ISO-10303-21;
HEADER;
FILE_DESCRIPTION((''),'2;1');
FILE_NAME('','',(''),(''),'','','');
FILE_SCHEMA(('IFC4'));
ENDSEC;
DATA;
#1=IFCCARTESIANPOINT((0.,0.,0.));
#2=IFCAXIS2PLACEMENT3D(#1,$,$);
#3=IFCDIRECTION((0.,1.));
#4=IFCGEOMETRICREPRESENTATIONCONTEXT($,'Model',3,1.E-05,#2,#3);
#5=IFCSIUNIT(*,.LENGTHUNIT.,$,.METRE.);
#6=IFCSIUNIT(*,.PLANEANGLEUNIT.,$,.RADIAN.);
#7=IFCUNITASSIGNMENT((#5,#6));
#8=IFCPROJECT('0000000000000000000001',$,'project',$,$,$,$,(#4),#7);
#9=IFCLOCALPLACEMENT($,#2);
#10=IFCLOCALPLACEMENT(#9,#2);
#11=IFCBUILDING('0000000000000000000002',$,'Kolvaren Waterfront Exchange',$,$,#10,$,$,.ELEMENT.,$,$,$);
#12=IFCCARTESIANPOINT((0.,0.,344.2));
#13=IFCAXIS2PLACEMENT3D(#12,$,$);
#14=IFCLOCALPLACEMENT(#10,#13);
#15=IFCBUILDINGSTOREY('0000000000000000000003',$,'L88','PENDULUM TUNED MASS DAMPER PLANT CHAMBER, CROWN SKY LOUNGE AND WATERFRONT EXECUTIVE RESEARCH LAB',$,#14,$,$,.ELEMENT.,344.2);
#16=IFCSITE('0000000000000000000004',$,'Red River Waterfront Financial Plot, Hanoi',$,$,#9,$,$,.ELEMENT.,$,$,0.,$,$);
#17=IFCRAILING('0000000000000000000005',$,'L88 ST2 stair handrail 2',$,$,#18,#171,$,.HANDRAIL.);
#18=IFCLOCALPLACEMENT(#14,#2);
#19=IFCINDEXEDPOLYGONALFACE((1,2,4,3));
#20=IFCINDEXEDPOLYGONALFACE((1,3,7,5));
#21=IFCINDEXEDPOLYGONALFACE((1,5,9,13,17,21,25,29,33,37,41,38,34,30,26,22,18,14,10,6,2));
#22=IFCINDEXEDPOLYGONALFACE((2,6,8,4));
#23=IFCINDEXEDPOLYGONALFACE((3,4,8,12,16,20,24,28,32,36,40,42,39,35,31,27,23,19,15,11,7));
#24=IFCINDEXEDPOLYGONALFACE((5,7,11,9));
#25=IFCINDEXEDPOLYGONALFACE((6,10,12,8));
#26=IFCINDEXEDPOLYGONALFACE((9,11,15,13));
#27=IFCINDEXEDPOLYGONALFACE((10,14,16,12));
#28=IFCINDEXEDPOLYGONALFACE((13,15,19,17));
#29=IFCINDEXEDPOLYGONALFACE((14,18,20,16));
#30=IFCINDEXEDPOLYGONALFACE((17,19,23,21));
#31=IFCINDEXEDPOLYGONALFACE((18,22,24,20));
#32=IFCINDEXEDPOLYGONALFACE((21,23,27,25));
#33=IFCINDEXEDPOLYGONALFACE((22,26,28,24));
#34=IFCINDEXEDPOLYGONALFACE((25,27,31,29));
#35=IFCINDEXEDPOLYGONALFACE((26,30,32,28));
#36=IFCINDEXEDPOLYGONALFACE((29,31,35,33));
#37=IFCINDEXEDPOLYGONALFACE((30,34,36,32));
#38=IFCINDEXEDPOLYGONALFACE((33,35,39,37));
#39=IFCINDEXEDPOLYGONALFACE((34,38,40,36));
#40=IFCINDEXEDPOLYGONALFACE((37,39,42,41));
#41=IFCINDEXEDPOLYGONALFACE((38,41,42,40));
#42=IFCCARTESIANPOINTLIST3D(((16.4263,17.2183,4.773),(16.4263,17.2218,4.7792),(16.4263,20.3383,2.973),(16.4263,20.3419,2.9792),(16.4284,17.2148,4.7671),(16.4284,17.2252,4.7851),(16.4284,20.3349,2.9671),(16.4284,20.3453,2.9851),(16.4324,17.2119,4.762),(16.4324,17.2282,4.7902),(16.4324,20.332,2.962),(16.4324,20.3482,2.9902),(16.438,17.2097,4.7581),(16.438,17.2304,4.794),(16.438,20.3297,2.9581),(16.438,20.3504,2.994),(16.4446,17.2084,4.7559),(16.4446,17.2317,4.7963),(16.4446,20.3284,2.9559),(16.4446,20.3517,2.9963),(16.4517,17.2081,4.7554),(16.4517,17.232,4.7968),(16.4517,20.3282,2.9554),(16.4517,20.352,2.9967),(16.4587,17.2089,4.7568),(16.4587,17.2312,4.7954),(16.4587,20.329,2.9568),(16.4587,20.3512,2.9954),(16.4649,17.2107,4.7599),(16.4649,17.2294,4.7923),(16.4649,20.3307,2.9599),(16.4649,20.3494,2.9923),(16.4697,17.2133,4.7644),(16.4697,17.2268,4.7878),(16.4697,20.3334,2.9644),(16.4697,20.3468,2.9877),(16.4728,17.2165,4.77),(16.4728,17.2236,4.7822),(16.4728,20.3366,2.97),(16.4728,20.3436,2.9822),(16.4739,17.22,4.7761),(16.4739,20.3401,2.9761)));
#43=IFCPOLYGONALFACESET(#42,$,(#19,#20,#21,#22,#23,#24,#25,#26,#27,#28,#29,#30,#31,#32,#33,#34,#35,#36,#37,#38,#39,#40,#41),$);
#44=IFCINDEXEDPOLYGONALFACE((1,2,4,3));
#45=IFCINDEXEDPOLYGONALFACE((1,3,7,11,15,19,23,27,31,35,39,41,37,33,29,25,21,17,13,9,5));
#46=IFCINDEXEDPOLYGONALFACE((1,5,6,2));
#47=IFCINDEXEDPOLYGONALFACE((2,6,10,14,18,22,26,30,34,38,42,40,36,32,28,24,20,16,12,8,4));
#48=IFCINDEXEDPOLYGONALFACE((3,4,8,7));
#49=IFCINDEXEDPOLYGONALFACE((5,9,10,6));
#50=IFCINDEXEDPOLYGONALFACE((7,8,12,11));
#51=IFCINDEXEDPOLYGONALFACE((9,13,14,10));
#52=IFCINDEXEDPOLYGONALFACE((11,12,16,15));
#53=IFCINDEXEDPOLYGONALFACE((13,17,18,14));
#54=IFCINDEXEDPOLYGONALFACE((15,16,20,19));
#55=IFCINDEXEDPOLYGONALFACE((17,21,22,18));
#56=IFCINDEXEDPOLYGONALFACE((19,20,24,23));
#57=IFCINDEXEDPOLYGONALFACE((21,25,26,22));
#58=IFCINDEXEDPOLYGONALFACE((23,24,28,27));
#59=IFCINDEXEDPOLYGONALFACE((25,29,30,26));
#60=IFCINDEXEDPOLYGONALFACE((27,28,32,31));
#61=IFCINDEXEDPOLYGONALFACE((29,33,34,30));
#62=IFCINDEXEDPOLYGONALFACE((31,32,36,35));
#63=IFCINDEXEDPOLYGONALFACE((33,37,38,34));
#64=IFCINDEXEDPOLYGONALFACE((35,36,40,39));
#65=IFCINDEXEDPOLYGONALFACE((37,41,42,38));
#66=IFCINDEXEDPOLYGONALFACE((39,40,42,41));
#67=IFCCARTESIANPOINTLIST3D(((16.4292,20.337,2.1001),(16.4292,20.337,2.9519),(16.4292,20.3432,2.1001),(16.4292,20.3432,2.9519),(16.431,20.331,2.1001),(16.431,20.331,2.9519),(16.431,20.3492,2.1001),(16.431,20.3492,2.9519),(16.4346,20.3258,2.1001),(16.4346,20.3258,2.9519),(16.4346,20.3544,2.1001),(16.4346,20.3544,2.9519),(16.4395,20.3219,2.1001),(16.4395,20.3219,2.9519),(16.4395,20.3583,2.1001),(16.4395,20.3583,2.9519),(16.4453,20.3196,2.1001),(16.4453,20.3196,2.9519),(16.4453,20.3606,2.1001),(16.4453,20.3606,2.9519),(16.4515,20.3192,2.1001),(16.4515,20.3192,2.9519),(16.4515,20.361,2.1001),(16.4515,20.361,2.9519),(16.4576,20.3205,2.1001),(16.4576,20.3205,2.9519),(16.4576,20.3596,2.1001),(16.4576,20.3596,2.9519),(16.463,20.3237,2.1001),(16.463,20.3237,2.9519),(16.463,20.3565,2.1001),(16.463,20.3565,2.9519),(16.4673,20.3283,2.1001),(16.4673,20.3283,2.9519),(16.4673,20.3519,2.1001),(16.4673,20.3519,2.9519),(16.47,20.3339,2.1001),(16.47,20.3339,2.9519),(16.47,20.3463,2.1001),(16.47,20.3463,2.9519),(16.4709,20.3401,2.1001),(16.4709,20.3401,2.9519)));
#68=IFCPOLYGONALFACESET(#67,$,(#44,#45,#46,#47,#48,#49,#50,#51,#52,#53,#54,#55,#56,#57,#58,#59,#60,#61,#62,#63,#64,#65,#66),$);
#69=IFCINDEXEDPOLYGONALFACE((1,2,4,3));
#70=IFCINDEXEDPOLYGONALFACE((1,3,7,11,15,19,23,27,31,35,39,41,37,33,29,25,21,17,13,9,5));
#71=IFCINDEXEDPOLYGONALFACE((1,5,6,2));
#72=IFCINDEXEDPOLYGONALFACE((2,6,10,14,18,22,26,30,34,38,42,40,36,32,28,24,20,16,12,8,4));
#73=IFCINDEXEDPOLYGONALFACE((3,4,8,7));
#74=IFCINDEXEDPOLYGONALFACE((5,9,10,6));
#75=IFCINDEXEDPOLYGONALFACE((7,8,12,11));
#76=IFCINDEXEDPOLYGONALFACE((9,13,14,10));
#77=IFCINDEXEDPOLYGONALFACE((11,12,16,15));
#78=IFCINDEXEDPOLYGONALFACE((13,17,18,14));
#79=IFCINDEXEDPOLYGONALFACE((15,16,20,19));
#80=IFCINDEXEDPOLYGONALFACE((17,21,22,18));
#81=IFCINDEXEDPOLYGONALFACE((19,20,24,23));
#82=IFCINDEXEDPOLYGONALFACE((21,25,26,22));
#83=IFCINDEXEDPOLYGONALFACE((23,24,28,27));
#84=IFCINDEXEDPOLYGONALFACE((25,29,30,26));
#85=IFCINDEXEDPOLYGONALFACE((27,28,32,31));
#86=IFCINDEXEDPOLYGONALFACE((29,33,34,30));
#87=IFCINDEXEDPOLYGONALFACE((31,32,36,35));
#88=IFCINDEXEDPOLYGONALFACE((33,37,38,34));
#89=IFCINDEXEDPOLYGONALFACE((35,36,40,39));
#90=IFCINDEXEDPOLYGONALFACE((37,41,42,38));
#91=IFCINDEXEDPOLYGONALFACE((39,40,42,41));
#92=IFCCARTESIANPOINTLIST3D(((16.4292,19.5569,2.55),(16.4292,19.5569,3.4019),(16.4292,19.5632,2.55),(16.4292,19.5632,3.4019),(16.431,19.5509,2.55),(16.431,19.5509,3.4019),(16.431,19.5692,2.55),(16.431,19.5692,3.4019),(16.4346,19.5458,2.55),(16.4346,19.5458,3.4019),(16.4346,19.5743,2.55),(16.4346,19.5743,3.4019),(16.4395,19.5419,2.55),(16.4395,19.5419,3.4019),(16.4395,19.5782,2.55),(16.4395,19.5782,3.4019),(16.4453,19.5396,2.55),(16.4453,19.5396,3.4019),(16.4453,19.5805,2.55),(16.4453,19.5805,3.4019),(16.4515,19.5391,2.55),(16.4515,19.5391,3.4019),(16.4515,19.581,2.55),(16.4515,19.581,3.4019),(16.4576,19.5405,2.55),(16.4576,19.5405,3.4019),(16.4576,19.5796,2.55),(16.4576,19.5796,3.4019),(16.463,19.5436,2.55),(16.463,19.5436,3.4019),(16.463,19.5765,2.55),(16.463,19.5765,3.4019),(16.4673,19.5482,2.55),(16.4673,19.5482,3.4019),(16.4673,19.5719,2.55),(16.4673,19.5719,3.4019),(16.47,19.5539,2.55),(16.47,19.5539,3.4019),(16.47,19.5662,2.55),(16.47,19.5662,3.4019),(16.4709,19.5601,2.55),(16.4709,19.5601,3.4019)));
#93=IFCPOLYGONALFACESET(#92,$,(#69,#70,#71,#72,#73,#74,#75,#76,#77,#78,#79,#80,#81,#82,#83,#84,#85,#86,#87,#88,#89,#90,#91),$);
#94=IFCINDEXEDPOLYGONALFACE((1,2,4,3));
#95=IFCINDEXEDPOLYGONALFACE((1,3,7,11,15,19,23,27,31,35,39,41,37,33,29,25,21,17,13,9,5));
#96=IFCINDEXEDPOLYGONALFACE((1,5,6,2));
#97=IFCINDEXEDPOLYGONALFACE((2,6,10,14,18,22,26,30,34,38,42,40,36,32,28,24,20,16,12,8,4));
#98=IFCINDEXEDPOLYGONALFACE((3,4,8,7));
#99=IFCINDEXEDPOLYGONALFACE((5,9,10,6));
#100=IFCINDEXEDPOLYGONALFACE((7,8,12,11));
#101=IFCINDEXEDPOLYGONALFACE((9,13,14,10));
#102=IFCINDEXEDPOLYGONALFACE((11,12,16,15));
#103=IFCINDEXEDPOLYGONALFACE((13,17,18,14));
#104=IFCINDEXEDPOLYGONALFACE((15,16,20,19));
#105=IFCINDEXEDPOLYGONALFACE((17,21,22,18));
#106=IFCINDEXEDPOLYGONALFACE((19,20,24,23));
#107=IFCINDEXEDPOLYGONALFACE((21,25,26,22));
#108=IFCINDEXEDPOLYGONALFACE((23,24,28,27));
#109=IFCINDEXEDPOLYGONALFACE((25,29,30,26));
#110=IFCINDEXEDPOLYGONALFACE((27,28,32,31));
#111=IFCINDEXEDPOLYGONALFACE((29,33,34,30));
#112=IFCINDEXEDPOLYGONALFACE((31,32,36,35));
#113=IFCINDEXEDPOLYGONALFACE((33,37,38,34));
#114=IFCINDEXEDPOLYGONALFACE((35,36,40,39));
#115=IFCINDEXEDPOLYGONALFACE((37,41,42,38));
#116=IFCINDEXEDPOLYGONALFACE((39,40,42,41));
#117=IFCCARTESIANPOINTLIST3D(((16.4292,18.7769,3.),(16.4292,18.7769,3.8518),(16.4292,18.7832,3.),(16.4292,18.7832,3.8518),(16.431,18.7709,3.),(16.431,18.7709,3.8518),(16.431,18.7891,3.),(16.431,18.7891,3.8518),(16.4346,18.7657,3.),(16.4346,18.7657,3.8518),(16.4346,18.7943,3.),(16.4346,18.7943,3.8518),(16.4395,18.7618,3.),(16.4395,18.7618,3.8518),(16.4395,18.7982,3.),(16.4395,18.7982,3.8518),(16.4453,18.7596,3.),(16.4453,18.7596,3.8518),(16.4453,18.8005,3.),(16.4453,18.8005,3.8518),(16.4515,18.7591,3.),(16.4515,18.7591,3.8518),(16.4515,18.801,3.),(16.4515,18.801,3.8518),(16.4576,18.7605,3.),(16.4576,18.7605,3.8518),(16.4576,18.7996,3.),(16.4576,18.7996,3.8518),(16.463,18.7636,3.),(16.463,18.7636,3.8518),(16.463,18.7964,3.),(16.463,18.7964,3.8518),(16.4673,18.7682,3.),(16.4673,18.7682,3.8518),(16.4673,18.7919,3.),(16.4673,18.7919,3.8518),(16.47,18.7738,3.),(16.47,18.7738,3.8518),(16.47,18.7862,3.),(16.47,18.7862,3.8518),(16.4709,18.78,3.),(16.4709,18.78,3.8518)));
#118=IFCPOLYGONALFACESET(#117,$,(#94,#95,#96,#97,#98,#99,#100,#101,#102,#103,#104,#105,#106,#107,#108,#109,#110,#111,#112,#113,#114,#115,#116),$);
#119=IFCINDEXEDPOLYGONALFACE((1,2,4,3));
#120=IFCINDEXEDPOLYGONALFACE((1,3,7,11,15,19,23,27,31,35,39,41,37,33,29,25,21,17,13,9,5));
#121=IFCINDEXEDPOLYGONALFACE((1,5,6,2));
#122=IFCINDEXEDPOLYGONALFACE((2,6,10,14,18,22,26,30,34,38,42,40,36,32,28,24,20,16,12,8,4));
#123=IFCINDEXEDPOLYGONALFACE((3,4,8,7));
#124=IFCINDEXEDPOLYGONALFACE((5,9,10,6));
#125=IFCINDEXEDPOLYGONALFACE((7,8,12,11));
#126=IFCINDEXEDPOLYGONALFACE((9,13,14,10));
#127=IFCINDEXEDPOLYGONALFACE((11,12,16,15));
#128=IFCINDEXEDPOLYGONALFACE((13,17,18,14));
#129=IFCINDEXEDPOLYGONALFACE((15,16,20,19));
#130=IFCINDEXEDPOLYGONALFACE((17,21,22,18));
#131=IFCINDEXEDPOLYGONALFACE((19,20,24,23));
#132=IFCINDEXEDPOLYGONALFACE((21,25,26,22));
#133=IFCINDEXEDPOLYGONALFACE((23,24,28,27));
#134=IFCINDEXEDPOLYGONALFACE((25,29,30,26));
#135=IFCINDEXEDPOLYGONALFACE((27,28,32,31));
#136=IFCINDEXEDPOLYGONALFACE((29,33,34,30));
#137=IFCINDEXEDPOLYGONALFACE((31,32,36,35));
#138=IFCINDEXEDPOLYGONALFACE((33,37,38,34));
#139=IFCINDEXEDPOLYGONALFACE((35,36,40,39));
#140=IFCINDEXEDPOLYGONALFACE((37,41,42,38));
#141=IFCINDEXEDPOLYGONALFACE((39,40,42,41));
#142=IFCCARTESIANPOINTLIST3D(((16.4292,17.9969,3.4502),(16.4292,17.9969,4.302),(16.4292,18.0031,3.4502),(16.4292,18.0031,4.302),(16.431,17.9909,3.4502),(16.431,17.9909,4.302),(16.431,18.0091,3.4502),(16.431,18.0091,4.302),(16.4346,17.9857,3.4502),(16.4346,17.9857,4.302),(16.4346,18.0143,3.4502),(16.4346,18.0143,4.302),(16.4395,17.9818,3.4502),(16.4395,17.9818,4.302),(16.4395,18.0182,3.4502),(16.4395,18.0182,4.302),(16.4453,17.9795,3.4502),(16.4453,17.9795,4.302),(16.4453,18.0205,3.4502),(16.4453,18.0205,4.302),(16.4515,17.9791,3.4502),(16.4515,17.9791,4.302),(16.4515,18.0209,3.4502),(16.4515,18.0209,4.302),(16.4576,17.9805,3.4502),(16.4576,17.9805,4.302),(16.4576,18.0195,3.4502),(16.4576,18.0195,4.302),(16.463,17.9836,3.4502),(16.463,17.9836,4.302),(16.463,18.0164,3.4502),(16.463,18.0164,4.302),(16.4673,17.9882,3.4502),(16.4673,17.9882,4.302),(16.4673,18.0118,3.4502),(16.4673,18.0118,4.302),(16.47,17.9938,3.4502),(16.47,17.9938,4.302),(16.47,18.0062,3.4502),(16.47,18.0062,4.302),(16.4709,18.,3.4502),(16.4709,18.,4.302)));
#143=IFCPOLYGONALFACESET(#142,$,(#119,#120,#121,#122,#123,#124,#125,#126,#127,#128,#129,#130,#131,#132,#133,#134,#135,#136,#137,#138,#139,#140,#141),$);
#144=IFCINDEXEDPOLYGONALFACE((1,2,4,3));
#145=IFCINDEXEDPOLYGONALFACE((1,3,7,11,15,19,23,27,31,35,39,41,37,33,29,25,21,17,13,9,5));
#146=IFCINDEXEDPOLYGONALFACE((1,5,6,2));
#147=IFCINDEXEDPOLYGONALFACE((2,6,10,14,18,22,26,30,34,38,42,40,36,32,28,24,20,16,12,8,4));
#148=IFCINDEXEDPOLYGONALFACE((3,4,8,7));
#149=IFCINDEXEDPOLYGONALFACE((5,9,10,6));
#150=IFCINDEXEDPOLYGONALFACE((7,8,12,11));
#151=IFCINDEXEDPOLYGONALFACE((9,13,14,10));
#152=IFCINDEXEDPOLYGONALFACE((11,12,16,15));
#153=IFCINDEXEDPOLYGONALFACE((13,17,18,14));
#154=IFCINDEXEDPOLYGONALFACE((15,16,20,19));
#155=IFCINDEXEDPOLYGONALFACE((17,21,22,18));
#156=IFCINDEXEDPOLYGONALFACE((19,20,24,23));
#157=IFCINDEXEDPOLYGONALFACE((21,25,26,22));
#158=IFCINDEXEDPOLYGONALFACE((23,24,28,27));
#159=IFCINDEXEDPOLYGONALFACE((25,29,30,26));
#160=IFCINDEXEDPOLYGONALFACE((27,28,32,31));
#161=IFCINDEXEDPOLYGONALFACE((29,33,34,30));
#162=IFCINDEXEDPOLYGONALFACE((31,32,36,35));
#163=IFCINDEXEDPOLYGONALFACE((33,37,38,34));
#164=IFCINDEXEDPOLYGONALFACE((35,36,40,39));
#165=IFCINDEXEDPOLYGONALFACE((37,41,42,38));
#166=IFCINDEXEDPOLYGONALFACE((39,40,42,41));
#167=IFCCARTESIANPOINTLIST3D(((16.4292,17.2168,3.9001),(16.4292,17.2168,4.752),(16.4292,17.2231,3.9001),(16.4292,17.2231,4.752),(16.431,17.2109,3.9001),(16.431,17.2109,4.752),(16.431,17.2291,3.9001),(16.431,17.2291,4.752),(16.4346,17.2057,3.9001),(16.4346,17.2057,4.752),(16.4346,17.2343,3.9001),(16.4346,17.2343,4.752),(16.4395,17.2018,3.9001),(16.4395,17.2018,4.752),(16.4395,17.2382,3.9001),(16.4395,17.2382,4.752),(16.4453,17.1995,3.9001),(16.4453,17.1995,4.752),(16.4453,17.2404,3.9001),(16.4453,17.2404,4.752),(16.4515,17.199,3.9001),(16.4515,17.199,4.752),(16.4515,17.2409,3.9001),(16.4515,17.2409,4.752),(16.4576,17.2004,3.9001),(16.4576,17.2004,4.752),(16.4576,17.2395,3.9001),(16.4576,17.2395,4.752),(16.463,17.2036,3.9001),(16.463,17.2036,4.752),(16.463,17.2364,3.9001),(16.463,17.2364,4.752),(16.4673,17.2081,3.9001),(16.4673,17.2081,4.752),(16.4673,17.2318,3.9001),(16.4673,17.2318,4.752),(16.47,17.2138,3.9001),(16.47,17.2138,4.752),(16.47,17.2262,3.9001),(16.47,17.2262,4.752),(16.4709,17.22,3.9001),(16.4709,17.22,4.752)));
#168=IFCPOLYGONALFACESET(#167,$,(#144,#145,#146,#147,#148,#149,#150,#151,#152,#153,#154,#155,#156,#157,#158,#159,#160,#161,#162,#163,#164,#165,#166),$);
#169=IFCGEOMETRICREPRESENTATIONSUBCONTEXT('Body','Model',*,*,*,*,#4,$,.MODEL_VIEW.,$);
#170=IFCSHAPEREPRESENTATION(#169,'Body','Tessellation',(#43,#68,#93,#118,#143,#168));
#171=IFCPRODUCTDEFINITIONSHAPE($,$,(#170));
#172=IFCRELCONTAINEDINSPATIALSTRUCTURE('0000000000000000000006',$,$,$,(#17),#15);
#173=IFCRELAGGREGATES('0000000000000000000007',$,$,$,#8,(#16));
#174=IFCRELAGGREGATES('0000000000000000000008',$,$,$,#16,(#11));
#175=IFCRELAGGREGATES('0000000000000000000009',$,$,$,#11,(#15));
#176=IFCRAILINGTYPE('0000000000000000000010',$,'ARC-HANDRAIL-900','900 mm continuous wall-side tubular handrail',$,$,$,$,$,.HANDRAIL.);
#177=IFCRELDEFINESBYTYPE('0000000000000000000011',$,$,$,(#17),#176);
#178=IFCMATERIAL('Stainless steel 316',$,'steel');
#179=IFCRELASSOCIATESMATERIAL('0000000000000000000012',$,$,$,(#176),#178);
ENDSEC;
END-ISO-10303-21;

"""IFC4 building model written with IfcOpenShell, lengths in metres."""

from ifc_helpers import new_model, si_unit, direction, frame, origin, origin_2d, place, context, subcontext, project, spatial, circle, extrude, material, type_object, element, save


model = new_model("IFC4")

# Units and contexts
model_context = context("Model", 3, precision=1e-05, world=origin(), true_north=direction((0.0, 1.0)))
body_context = subcontext(model_context, "Body", "Model", "MODEL_VIEW")
ifc_project = project(units=[si_unit("LENGTHUNIT", "METRE"), si_unit("PLANEANGLEUNIT", "RADIAN")], contexts=[model_context])

# Site, building, storey
site_placement = place(None, origin())
site = spatial("IfcSite", under=ifc_project, at=site_placement, Name="Red River Waterfront Financial Plot, Hanoi", CompositionType="ELEMENT", RefElevation=0.0)
building_placement = place(site_placement, origin())
building = spatial("IfcBuilding", under=site, at=building_placement, Name="Kolvaren Waterfront Exchange", CompositionType="ELEMENT")
storey_placement = place(building_placement, frame((0.0, 0.0, 344.2)))
storey = spatial("IfcBuildingStorey", under=building, at=storey_placement, Name="L88", Description="PENDULUM TUNED MASS DAMPER PLANT CHAMBER, CROWN SKY LOUNGE AND WATERFRONT EXECUTIVE RESEARCH LAB", CompositionType="ELEMENT", Elevation=344.2)

# Railing
ifc_material_1 = material(Name="Stainless steel 316", Category="steel")
railing_type_1 = type_object("IfcRailingType", Name="ARC-HANDRAIL-900", Description="900 mm continuous wall-side tubular handrail", PredefinedType="HANDRAIL", material=ifc_material_1)
railing_1_placement = place(storey_placement, frame((16.45, 20.3401, 2.1001)))
element("IfcRailing", 1, at=railing_1_placement, inside=storey, type_object=railing_type_1, Name="L88 ST2 stair handrail 2", PredefinedType="HANDRAIL", context=body_context, shape_type="SweptSolid", body=[
    extrude(circle(Radius=0.0239, at=origin_2d()), frame((0.0, 0.0, 0.876), z_axis=(0.0, -0.866188, 0.499719), x_axis=(1.0, 0.0, 0.0)), (0.0, 0.0, 1.0), 3.6021),
    extrude(circle(Radius=0.021, at=origin_2d()), origin(), (0.0, 0.0, 1.0), 0.8518),
    extrude(circle(Radius=0.021, at=origin_2d()), frame((0.0, -0.78, 0.45)), (0.0, 0.0, 1.0), 0.8518),
    extrude(circle(Radius=0.021, at=origin_2d()), frame((0.0, -1.5601, 0.8999)), (0.0, 0.0, 1.0), 0.8518),
    extrude(circle(Radius=0.021, at=origin_2d()), frame((0.0, -2.3401, 1.3501)), (0.0, 0.0, 1.0), 0.8518),
    extrude(circle(Radius=0.021, at=origin_2d()), frame((0.0, -3.1201, 1.8)), (0.0, 0.0, 1.0), 0.8518),
])

save(model, "model.ifc")
